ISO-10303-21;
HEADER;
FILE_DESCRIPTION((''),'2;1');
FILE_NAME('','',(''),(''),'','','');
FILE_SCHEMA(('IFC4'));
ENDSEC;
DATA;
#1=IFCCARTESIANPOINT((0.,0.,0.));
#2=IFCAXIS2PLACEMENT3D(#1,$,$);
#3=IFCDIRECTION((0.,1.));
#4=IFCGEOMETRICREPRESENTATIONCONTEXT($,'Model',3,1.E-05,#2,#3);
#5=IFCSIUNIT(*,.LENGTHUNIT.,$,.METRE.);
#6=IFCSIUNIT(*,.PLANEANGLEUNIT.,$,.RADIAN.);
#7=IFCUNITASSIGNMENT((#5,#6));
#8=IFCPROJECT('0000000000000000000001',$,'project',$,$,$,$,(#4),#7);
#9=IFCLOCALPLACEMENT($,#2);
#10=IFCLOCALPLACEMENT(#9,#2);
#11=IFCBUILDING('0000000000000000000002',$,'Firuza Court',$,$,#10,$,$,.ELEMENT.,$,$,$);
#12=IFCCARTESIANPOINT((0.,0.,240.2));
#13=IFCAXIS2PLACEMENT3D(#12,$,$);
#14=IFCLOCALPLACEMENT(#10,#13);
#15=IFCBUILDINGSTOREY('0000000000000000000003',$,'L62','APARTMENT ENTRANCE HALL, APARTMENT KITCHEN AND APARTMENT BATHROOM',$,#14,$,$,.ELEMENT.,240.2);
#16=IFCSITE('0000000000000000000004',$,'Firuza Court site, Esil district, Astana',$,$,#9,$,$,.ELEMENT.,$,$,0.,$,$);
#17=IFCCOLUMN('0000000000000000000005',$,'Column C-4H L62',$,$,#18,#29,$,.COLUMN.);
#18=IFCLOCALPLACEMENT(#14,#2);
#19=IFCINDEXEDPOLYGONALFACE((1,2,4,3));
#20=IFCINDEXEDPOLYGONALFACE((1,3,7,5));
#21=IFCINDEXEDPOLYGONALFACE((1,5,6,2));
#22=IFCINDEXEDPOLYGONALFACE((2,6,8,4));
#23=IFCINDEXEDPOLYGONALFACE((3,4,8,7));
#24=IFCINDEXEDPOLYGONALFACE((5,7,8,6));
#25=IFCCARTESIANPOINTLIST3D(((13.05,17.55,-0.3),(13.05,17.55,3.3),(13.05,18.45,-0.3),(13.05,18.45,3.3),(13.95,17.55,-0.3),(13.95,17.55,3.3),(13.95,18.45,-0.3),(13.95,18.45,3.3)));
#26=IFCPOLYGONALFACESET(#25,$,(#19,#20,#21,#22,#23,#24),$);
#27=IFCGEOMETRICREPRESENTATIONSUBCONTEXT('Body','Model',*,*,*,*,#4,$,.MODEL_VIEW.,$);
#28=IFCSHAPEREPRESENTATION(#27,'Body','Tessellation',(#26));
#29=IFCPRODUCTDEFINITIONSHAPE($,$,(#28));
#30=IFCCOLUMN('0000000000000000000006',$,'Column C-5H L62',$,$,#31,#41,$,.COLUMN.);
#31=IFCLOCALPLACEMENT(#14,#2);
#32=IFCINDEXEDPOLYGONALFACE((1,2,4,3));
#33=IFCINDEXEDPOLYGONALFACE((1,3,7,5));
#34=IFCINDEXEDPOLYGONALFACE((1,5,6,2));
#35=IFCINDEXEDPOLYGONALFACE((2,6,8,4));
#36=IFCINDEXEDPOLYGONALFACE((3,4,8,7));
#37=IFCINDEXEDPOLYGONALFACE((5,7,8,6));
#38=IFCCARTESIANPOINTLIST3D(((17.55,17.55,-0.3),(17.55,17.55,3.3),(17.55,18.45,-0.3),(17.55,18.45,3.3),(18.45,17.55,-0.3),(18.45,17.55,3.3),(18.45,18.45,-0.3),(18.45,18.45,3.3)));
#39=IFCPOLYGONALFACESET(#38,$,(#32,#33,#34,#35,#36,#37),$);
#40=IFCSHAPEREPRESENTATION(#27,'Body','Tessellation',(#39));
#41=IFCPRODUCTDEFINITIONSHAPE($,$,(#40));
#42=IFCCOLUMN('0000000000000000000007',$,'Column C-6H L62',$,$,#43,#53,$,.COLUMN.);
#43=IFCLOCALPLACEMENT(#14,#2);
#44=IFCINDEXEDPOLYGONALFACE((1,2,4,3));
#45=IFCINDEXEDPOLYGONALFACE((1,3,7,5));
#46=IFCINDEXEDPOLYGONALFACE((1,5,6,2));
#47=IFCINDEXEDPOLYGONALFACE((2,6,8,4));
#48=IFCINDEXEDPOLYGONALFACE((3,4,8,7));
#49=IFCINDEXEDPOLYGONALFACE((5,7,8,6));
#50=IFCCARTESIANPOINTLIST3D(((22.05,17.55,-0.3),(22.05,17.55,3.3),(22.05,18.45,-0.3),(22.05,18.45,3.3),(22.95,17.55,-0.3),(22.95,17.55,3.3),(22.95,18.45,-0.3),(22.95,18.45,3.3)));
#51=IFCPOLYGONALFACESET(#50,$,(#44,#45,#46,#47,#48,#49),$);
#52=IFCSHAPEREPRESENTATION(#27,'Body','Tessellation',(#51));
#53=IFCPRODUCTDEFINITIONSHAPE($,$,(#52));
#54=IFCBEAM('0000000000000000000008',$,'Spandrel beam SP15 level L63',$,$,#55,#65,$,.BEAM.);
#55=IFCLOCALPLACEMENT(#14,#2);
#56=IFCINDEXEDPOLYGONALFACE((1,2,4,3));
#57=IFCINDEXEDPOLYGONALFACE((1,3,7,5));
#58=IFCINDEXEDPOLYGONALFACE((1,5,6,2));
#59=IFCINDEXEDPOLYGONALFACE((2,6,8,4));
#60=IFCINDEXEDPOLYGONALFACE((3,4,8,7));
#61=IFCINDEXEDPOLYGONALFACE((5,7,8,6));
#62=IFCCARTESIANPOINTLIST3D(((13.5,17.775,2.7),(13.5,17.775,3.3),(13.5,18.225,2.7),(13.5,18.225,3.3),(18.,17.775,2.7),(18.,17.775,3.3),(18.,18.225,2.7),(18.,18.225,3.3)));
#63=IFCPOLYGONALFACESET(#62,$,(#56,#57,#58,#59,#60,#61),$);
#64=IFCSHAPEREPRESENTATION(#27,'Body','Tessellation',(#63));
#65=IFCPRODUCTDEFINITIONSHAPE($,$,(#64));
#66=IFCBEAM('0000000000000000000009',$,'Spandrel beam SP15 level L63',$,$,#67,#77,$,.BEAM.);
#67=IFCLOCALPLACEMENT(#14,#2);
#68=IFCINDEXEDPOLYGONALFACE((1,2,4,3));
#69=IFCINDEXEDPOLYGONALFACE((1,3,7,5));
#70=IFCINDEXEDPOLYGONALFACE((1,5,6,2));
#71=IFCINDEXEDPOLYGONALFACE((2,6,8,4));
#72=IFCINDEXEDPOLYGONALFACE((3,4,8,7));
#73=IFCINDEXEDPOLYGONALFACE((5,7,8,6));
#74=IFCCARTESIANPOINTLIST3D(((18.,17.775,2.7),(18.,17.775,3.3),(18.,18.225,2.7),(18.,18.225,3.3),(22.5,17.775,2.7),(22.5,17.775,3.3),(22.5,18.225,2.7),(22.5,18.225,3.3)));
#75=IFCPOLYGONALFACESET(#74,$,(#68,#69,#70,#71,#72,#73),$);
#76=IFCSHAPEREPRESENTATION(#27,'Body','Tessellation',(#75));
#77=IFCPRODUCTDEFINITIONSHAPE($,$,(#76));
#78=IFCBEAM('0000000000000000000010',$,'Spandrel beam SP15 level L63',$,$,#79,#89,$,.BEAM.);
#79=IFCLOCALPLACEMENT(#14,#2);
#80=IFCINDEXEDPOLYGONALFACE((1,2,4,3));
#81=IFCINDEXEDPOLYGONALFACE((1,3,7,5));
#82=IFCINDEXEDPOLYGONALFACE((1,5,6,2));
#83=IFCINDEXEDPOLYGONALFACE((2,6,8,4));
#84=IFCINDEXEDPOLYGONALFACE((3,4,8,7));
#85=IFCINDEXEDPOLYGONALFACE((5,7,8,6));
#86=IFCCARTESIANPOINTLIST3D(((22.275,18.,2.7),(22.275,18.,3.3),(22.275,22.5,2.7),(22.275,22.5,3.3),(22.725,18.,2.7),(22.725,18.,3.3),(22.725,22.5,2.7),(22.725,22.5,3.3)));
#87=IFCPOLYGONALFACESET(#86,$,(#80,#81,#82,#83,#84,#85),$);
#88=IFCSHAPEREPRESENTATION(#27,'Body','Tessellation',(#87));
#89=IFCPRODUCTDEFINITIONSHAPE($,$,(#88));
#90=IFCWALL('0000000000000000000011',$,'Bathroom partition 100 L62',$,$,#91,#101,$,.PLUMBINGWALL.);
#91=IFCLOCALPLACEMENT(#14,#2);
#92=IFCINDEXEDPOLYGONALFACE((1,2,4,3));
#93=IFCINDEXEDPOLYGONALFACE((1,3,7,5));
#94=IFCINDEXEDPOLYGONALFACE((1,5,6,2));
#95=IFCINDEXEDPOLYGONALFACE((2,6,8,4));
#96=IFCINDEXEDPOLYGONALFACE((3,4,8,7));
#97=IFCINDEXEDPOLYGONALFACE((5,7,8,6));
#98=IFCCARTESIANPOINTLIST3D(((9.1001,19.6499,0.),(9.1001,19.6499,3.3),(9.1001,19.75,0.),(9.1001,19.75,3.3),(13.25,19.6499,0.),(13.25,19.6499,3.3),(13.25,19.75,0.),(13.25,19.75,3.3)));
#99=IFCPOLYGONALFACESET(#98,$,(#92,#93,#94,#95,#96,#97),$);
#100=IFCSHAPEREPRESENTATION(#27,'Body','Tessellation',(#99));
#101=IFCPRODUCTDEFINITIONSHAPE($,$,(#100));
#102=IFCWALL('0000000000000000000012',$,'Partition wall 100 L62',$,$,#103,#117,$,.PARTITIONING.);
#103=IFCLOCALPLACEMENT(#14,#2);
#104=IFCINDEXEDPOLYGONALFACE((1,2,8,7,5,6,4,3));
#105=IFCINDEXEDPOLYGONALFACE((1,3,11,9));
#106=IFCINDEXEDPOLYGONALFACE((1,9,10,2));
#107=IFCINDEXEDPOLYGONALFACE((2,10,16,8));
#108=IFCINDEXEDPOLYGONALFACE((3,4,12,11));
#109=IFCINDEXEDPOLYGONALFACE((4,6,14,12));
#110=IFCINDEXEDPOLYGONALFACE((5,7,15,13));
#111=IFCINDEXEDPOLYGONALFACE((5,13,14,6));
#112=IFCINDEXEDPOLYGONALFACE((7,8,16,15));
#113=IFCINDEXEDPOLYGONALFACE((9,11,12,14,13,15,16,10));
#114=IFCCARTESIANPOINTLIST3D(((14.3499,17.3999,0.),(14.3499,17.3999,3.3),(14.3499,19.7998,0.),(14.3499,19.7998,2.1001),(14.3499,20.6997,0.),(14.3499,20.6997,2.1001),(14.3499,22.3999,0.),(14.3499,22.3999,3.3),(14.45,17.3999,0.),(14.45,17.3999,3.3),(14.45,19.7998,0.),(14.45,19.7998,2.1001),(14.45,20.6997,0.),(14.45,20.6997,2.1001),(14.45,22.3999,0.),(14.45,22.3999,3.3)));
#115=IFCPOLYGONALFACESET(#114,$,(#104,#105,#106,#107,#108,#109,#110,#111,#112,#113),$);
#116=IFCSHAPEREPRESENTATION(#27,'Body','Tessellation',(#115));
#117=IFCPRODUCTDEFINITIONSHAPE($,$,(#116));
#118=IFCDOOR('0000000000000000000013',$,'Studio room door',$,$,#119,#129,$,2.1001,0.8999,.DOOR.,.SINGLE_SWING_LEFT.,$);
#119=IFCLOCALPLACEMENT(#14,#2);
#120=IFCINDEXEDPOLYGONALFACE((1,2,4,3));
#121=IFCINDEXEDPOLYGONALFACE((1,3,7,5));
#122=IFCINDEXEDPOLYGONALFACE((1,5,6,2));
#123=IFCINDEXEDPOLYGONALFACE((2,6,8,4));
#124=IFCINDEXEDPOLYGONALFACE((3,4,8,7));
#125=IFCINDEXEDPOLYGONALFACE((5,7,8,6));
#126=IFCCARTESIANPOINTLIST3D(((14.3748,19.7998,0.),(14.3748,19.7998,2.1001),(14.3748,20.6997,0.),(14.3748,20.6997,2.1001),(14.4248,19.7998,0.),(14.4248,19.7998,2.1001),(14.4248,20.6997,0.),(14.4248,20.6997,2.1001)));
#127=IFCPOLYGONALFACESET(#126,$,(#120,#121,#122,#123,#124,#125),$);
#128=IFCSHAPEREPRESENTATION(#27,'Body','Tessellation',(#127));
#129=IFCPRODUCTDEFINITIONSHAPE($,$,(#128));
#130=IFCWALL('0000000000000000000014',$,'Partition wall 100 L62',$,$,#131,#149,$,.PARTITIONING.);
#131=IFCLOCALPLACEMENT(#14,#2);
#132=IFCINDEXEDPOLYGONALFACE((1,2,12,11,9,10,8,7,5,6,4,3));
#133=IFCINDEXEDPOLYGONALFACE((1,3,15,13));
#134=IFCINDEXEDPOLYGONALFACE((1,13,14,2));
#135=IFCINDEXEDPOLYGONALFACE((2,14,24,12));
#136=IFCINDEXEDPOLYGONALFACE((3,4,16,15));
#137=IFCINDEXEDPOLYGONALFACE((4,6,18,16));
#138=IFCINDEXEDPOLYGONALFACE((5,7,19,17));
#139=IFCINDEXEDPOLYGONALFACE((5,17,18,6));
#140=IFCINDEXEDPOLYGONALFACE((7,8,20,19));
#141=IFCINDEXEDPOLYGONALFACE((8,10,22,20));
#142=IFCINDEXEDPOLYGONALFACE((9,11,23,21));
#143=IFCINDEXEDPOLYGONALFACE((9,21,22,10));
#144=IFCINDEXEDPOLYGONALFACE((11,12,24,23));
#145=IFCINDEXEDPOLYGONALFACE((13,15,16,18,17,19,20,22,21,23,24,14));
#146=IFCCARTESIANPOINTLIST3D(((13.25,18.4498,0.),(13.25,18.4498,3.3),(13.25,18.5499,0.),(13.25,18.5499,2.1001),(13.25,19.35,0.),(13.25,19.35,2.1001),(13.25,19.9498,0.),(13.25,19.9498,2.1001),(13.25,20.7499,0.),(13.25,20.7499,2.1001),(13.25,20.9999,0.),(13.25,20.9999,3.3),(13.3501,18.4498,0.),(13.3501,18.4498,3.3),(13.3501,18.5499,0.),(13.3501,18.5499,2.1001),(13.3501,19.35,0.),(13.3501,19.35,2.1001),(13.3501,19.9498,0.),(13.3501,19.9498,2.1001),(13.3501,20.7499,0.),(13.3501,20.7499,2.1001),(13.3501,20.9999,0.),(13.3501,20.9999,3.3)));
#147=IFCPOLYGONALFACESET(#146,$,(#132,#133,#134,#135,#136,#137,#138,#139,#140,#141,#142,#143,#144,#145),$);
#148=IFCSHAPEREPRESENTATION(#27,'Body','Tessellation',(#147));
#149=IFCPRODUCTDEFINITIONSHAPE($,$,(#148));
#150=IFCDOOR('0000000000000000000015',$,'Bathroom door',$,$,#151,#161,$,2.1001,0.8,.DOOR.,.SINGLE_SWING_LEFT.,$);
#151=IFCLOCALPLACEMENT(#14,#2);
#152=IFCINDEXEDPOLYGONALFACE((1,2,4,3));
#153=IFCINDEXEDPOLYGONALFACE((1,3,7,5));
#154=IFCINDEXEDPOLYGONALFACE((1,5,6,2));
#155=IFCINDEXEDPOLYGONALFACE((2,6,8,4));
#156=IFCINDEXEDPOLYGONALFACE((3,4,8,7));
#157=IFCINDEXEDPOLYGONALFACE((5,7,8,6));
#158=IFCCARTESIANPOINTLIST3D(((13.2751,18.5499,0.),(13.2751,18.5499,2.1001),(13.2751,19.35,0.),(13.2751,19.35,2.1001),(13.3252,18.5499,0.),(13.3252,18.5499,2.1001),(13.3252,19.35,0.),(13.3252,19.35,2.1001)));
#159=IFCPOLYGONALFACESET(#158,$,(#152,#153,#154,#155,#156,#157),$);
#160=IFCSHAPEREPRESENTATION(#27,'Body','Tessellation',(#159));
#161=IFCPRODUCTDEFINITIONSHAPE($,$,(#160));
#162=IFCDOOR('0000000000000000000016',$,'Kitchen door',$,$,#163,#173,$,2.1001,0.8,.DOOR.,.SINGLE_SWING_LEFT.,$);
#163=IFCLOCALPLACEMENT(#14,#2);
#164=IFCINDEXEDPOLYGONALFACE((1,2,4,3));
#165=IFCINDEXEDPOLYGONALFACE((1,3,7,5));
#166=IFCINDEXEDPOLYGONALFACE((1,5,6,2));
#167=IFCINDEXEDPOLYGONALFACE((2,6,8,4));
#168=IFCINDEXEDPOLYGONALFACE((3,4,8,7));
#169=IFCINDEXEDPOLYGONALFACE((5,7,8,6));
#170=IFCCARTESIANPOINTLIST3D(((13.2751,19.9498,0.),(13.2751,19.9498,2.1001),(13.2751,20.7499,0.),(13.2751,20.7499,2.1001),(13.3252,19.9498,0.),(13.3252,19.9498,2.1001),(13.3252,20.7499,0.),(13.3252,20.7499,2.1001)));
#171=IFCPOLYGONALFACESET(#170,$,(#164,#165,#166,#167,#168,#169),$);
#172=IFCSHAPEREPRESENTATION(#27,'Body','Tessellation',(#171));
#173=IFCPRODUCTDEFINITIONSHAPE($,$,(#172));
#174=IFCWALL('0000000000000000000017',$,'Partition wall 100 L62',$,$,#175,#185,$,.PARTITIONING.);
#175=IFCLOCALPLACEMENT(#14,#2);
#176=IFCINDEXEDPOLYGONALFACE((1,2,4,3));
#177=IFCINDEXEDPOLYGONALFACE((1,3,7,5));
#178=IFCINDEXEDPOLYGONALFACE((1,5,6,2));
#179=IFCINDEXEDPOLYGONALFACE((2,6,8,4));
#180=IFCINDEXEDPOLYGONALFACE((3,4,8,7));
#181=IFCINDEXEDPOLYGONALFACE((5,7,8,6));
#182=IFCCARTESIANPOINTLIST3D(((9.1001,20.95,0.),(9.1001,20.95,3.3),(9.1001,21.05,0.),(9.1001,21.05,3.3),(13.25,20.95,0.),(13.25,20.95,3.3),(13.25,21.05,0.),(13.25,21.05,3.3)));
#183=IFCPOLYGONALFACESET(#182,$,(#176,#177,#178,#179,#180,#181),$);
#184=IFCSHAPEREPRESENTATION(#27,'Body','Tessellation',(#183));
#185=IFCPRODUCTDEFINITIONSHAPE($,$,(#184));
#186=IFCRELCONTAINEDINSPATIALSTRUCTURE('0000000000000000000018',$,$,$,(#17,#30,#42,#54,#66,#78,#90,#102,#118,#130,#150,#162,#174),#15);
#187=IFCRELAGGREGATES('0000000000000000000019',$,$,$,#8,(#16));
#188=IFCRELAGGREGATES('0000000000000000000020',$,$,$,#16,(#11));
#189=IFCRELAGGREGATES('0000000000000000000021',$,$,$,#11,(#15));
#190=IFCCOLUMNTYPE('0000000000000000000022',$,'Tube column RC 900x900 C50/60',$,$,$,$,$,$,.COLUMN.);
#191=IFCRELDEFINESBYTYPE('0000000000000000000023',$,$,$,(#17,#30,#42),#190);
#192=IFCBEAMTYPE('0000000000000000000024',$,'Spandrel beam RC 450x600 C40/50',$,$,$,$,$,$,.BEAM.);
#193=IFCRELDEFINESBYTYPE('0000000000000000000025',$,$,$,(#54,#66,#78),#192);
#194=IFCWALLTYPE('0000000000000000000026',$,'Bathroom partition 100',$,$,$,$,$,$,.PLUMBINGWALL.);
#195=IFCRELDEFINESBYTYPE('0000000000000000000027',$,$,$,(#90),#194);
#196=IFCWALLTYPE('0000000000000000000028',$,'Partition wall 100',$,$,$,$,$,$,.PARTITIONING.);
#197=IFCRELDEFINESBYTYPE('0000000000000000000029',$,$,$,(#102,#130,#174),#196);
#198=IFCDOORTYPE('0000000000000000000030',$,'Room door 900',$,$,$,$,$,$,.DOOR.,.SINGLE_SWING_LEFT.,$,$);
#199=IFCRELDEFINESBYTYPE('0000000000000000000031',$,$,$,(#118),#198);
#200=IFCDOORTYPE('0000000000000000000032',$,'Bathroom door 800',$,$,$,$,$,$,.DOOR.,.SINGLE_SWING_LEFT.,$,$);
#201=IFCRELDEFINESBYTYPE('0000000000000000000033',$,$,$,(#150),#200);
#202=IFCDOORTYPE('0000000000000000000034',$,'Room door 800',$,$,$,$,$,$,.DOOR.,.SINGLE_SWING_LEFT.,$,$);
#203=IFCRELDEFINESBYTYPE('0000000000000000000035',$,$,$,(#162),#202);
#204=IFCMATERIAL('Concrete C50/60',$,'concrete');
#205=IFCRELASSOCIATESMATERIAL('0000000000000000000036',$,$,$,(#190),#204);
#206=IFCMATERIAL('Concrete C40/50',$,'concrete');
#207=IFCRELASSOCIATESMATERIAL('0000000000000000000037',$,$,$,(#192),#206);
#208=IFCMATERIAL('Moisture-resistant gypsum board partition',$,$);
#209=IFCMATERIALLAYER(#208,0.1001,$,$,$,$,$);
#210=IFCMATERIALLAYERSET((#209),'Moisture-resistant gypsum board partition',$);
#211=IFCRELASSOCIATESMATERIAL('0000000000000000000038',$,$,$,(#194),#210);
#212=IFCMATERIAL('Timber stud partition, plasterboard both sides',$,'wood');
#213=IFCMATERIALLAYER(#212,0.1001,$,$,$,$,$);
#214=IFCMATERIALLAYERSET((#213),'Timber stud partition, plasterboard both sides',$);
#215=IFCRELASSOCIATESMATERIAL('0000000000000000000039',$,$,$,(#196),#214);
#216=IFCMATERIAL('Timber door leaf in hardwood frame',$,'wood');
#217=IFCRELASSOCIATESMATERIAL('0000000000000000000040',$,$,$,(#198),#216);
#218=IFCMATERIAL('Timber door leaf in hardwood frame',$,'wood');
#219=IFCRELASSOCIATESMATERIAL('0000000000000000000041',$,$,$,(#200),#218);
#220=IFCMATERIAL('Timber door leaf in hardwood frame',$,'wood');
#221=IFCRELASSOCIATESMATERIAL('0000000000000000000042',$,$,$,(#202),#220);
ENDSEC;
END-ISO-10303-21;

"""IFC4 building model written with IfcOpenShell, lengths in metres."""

from ifc_helpers import new_model, si_unit, direction, frame, frame_2d, origin, origin_2d, place, context, subcontext, project, spatial, rectangle, extrude, material, layer, layer_set, material_profile, profile_set, type_object, element, fill, save


model = new_model("IFC4")

# Units and contexts
model_context = context("Model", 3, precision=1e-05, world=origin(), true_north=direction((0.0, 1.0)))
body_context = subcontext(model_context, "Body", "Model", "MODEL_VIEW")
ifc_project = project(units=[si_unit("LENGTHUNIT", "METRE"), si_unit("PLANEANGLEUNIT", "RADIAN")], contexts=[model_context])

# Site, building, storey
site_placement = place(None, origin())
site = spatial("IfcSite", under=ifc_project, at=site_placement, Name="Firuza Court site, Esil district, Astana", CompositionType="ELEMENT", RefElevation=0.0)
building_placement = place(site_placement, origin())
building = spatial("IfcBuilding", under=site, at=building_placement, Name="Firuza Court", CompositionType="ELEMENT")
storey_placement = place(building_placement, frame((0.0, 0.0, 240.2)))
storey = spatial("IfcBuildingStorey", under=building, at=storey_placement, Name="L62", Description="APARTMENT ENTRANCE HALL, APARTMENT KITCHEN AND APARTMENT BATHROOM", CompositionType="ELEMENT", Elevation=240.2)

# Columns
ifc_material_1 = material(Name="Concrete C50/60", Category="concrete")
ifc_material_profile_1 = material_profile(ifc_material_1, rectangle(XDim=0.8999, YDim=0.8999, at=origin_2d()), Name="RC 900x900")
ifc_profile_set_1 = profile_set([ifc_material_profile_1], Name="Concrete C50/60")
column_type = type_object("IfcColumnType", Name="Tube column RC 900x900 C50/60", PredefinedType="COLUMN", material=ifc_profile_set_1)
for number, where, z_axis, x_axis, name in (
    (1, (13.5, 18.0, -0.3), (0.0, 0.0, 1.0), (1.0, 0.0, 0.0), "Column C-4H L62"),
    (2, (18.0, 18.0, -0.3), (0.0, 0.0, 1.0), (1.0, 0.0, 0.0), "Column C-5H L62"),
    (3, (22.5, 18.0, -0.3), (0.0, 0.0, 1.0), (1.0, 0.0, 0.0), "Column C-6H L62"),
):
    element("IfcColumn", number, at=place(storey_placement, frame(where, z_axis=z_axis, x_axis=x_axis)), inside=storey, type_object=column_type, Name=name, PredefinedType="COLUMN", context=body_context, shape_type="SweptSolid", body=[
        extrude(rectangle(XDim=0.8999, YDim=0.8999, at=origin_2d()), origin(), (0.0, 0.0, 1.0), 3.6001),
    ])

# Beams
ifc_material_2 = material(Name="Concrete C40/50", Category="concrete")
ifc_material_profile_2 = material_profile(ifc_material_2, rectangle(XDim=0.45, YDim=0.6001, at=origin_2d()), Name="RC 450x600")
ifc_profile_set_2 = profile_set([ifc_material_profile_2], Name="Concrete C40/50")
beam_type = type_object("IfcBeamType", Name="Spandrel beam RC 450x600 C40/50", PredefinedType="BEAM", material=ifc_profile_set_2)
for number, where, z_axis, x_axis, name in (
    (4, (13.5, 18.0, 3.0), (1.0, 0.0, 0.0), (0.0, 1.0, 0.0), "Spandrel beam SP15 level L63"),
    (5, (18.0, 18.0, 3.0), (1.0, 0.0, 0.0), (0.0, 1.0, 0.0), "Spandrel beam SP15 level L63"),
    (6, (22.5, 18.0, 3.0), (0.0, 1.0, 0.0), (-1.0, 0.0, 0.0), "Spandrel beam SP15 level L63"),
):
    element("IfcBeam", number, at=place(storey_placement, frame(where, z_axis=z_axis, x_axis=x_axis)), inside=storey, type_object=beam_type, Name=name, PredefinedType="BEAM", context=body_context, shape_type="SweptSolid", body=[
        extrude(rectangle(XDim=0.45, YDim=0.6001, at=origin_2d()), origin(), (0.0, 0.0, 1.0), 4.5),
    ])

# Wall
ifc_material_3 = material(Name="Moisture-resistant gypsum board partition")
ifc_layer_1 = layer(ifc_material_3, 0.1001)
ifc_layer_set_1 = layer_set([ifc_layer_1], Name="Moisture-resistant gypsum board partition")
wall_type_1 = type_object("IfcWallType", Name="Bathroom partition 100", PredefinedType="PLUMBINGWALL", material=ifc_layer_set_1)
wall_1_placement = place(storey_placement, frame((9.1001, 19.7, 0.0), z_axis=(0.0, 0.0, 1.0), x_axis=(1.0, 0.0, 0.0)))
element("IfcWall", 7, at=wall_1_placement, inside=storey, type_object=wall_type_1, Name="Bathroom partition 100 L62", PredefinedType="PLUMBINGWALL", context=body_context, shape_type="SweptSolid", body=[
    extrude(rectangle(XDim=4.1499, YDim=0.1001, at=frame_2d((2.075, 0.0))), origin(), (0.0, 0.0, 1.0), 3.3),
])

# Wall, opening, door
ifc_material_4 = material(Name="Timber stud partition, plasterboard both sides", Category="wood")
ifc_layer_2 = layer(ifc_material_4, 0.1001)
ifc_layer_set_2 = layer_set([ifc_layer_2], Name="Timber stud partition, plasterboard both sides")
wall_type_2 = type_object("IfcWallType", Name="Partition wall 100", PredefinedType="PARTITIONING", material=ifc_layer_set_2)
wall_2_placement = place(storey_placement, frame((14.3999, 17.3999, 0.0), z_axis=(0.0, 0.0, 1.0), x_axis=(0.0, 1.0, 0.0)))
wall_2 = element("IfcWall", 8, at=wall_2_placement, inside=storey, type_object=wall_type_2, Name="Partition wall 100 L62", PredefinedType="PARTITIONING", context=body_context, shape_type="SweptSolid", body=[
    extrude(rectangle(XDim=5.0, YDim=0.1001, at=frame_2d((2.5, 0.0))), origin(), (0.0, 0.0, 1.0), 3.3),
])
opening_1_placement = place(wall_2_placement, frame((2.3999, 0.0, 0.0)))
opening_1 = element("IfcOpeningElement", 9, at=opening_1_placement, cuts=wall_2, PredefinedType="OPENING", context=body_context, shape_type="SweptSolid", body=[
    extrude(rectangle(XDim=0.8999, YDim=2.1001, at=frame_2d((0.45, 1.05))), frame((0.0, 0.062, 0.0), z_axis=(0.0, -1.0, 0.0), x_axis=(1.0, 0.0, 0.0)), (0.0, 0.0, 1.0), 0.124),
])
ifc_material_5 = material(Name="Timber door leaf in hardwood frame", Category="wood")
door_type_1 = type_object("IfcDoorType", Name="Room door 900", OperationType="SINGLE_SWING_LEFT", PredefinedType="DOOR", material=ifc_material_5)
door_1_placement = place(opening_1_placement, frame((0.8999, 0.0, 0.0), z_axis=(0.0, 0.0, 1.0), x_axis=(-1.0, 0.0, 0.0)))
door_1 = element("IfcDoor", 10, at=door_1_placement, inside=storey, type_object=door_type_1, Name="Studio room door", OperationType="SINGLE_SWING_LEFT", OverallHeight=2.1001, OverallWidth=0.8999, PredefinedType="DOOR", context=body_context, shape_type="SweptSolid", body=[
    extrude(rectangle(XDim=0.8999, YDim=2.1001, at=frame_2d((0.45, 1.05))), frame((0.0, 0.0249, 0.0), z_axis=(0.0, -1.0, 0.0), x_axis=(1.0, 0.0, 0.0)), (0.0, 0.0, 1.0), 0.05),
])
fill(opening_1, door_1)

# Wall, openings, doors
wall_3_placement = place(storey_placement, frame((13.3, 18.45, 0.0), z_axis=(0.0, 0.0, 1.0), x_axis=(0.0, 1.0, 0.0)))
wall_3 = element("IfcWall", 11, at=wall_3_placement, inside=storey, type_object=wall_type_2, Name="Partition wall 100 L62", PredefinedType="PARTITIONING", context=body_context, shape_type="SweptSolid", body=[
    extrude(rectangle(XDim=2.55, YDim=0.1001, at=frame_2d((1.2749, 0.0))), origin(), (0.0, 0.0, 1.0), 3.3),
])
opening_2_placement = place(wall_3_placement, frame((0.1001, 0.0, 0.0)))
opening_2 = element("IfcOpeningElement", 12, at=opening_2_placement, cuts=wall_3, PredefinedType="OPENING", context=body_context, shape_type="SweptSolid", body=[
    extrude(rectangle(XDim=0.8, YDim=2.1001, at=frame_2d((0.3999, 1.05))), frame((0.0, 0.062, 0.0), z_axis=(0.0, -1.0, 0.0), x_axis=(1.0, 0.0, 0.0)), (0.0, 0.0, 1.0), 0.124),
])
opening_3_placement = place(wall_3_placement, frame((1.5, 0.0, 0.0)))
opening_3 = element("IfcOpeningElement", 13, at=opening_3_placement, cuts=wall_3, PredefinedType="OPENING", context=body_context, shape_type="SweptSolid", body=[
    extrude(rectangle(XDim=0.8, YDim=2.1001, at=frame_2d((0.3999, 1.05))), frame((0.0, 0.062, 0.0), z_axis=(0.0, -1.0, 0.0), x_axis=(1.0, 0.0, 0.0)), (0.0, 0.0, 1.0), 0.124),
])
ifc_material_6 = material(Name="Timber door leaf in hardwood frame", Category="wood")
door_type_2 = type_object("IfcDoorType", Name="Bathroom door 800", OperationType="SINGLE_SWING_LEFT", PredefinedType="DOOR", material=ifc_material_6)
door_2_placement = place(opening_2_placement, origin())
door_2 = element("IfcDoor", 14, at=door_2_placement, inside=storey, type_object=door_type_2, Name="Bathroom door", OperationType="SINGLE_SWING_LEFT", OverallHeight=2.1001, OverallWidth=0.8, PredefinedType="DOOR", context=body_context, shape_type="SweptSolid", body=[
    extrude(rectangle(XDim=0.8, YDim=2.1001, at=frame_2d((0.3999, 1.05))), frame((0.0, 0.0249, 0.0), z_axis=(0.0, -1.0, 0.0), x_axis=(1.0, 0.0, 0.0)), (0.0, 0.0, 1.0), 0.05),
])
fill(opening_2, door_2)
ifc_material_7 = material(Name="Timber door leaf in hardwood frame", Category="wood")
door_type_3 = type_object("IfcDoorType", Name="Room door 800", OperationType="SINGLE_SWING_LEFT", PredefinedType="DOOR", material=ifc_material_7)
door_3_placement = place(opening_3_placement, origin())
door_3 = element("IfcDoor", 15, at=door_3_placement, inside=storey, type_object=door_type_3, Name="Kitchen door", OperationType="SINGLE_SWING_LEFT", OverallHeight=2.1001, OverallWidth=0.8, PredefinedType="DOOR", context=body_context, shape_type="SweptSolid", body=[
    extrude(rectangle(XDim=0.8, YDim=2.1001, at=frame_2d((0.3999, 1.05))), frame((0.0, 0.0249, 0.0), z_axis=(0.0, -1.0, 0.0), x_axis=(1.0, 0.0, 0.0)), (0.0, 0.0, 1.0), 0.05),
])
fill(opening_3, door_3)

# Wall
wall_4_placement = place(storey_placement, frame((9.1001, 21.0, 0.0), z_axis=(0.0, 0.0, 1.0), x_axis=(1.0, 0.0, 0.0)))
element("IfcWall", 16, at=wall_4_placement, inside=storey, type_object=wall_type_2, Name="Partition wall 100 L62", PredefinedType="PARTITIONING", context=body_context, shape_type="SweptSolid", body=[
    extrude(rectangle(XDim=4.1499, YDim=0.1001, at=frame_2d((2.075, 0.0))), origin(), (0.0, 0.0, 1.0), 3.3),
])

save(model, "model.ifc")
